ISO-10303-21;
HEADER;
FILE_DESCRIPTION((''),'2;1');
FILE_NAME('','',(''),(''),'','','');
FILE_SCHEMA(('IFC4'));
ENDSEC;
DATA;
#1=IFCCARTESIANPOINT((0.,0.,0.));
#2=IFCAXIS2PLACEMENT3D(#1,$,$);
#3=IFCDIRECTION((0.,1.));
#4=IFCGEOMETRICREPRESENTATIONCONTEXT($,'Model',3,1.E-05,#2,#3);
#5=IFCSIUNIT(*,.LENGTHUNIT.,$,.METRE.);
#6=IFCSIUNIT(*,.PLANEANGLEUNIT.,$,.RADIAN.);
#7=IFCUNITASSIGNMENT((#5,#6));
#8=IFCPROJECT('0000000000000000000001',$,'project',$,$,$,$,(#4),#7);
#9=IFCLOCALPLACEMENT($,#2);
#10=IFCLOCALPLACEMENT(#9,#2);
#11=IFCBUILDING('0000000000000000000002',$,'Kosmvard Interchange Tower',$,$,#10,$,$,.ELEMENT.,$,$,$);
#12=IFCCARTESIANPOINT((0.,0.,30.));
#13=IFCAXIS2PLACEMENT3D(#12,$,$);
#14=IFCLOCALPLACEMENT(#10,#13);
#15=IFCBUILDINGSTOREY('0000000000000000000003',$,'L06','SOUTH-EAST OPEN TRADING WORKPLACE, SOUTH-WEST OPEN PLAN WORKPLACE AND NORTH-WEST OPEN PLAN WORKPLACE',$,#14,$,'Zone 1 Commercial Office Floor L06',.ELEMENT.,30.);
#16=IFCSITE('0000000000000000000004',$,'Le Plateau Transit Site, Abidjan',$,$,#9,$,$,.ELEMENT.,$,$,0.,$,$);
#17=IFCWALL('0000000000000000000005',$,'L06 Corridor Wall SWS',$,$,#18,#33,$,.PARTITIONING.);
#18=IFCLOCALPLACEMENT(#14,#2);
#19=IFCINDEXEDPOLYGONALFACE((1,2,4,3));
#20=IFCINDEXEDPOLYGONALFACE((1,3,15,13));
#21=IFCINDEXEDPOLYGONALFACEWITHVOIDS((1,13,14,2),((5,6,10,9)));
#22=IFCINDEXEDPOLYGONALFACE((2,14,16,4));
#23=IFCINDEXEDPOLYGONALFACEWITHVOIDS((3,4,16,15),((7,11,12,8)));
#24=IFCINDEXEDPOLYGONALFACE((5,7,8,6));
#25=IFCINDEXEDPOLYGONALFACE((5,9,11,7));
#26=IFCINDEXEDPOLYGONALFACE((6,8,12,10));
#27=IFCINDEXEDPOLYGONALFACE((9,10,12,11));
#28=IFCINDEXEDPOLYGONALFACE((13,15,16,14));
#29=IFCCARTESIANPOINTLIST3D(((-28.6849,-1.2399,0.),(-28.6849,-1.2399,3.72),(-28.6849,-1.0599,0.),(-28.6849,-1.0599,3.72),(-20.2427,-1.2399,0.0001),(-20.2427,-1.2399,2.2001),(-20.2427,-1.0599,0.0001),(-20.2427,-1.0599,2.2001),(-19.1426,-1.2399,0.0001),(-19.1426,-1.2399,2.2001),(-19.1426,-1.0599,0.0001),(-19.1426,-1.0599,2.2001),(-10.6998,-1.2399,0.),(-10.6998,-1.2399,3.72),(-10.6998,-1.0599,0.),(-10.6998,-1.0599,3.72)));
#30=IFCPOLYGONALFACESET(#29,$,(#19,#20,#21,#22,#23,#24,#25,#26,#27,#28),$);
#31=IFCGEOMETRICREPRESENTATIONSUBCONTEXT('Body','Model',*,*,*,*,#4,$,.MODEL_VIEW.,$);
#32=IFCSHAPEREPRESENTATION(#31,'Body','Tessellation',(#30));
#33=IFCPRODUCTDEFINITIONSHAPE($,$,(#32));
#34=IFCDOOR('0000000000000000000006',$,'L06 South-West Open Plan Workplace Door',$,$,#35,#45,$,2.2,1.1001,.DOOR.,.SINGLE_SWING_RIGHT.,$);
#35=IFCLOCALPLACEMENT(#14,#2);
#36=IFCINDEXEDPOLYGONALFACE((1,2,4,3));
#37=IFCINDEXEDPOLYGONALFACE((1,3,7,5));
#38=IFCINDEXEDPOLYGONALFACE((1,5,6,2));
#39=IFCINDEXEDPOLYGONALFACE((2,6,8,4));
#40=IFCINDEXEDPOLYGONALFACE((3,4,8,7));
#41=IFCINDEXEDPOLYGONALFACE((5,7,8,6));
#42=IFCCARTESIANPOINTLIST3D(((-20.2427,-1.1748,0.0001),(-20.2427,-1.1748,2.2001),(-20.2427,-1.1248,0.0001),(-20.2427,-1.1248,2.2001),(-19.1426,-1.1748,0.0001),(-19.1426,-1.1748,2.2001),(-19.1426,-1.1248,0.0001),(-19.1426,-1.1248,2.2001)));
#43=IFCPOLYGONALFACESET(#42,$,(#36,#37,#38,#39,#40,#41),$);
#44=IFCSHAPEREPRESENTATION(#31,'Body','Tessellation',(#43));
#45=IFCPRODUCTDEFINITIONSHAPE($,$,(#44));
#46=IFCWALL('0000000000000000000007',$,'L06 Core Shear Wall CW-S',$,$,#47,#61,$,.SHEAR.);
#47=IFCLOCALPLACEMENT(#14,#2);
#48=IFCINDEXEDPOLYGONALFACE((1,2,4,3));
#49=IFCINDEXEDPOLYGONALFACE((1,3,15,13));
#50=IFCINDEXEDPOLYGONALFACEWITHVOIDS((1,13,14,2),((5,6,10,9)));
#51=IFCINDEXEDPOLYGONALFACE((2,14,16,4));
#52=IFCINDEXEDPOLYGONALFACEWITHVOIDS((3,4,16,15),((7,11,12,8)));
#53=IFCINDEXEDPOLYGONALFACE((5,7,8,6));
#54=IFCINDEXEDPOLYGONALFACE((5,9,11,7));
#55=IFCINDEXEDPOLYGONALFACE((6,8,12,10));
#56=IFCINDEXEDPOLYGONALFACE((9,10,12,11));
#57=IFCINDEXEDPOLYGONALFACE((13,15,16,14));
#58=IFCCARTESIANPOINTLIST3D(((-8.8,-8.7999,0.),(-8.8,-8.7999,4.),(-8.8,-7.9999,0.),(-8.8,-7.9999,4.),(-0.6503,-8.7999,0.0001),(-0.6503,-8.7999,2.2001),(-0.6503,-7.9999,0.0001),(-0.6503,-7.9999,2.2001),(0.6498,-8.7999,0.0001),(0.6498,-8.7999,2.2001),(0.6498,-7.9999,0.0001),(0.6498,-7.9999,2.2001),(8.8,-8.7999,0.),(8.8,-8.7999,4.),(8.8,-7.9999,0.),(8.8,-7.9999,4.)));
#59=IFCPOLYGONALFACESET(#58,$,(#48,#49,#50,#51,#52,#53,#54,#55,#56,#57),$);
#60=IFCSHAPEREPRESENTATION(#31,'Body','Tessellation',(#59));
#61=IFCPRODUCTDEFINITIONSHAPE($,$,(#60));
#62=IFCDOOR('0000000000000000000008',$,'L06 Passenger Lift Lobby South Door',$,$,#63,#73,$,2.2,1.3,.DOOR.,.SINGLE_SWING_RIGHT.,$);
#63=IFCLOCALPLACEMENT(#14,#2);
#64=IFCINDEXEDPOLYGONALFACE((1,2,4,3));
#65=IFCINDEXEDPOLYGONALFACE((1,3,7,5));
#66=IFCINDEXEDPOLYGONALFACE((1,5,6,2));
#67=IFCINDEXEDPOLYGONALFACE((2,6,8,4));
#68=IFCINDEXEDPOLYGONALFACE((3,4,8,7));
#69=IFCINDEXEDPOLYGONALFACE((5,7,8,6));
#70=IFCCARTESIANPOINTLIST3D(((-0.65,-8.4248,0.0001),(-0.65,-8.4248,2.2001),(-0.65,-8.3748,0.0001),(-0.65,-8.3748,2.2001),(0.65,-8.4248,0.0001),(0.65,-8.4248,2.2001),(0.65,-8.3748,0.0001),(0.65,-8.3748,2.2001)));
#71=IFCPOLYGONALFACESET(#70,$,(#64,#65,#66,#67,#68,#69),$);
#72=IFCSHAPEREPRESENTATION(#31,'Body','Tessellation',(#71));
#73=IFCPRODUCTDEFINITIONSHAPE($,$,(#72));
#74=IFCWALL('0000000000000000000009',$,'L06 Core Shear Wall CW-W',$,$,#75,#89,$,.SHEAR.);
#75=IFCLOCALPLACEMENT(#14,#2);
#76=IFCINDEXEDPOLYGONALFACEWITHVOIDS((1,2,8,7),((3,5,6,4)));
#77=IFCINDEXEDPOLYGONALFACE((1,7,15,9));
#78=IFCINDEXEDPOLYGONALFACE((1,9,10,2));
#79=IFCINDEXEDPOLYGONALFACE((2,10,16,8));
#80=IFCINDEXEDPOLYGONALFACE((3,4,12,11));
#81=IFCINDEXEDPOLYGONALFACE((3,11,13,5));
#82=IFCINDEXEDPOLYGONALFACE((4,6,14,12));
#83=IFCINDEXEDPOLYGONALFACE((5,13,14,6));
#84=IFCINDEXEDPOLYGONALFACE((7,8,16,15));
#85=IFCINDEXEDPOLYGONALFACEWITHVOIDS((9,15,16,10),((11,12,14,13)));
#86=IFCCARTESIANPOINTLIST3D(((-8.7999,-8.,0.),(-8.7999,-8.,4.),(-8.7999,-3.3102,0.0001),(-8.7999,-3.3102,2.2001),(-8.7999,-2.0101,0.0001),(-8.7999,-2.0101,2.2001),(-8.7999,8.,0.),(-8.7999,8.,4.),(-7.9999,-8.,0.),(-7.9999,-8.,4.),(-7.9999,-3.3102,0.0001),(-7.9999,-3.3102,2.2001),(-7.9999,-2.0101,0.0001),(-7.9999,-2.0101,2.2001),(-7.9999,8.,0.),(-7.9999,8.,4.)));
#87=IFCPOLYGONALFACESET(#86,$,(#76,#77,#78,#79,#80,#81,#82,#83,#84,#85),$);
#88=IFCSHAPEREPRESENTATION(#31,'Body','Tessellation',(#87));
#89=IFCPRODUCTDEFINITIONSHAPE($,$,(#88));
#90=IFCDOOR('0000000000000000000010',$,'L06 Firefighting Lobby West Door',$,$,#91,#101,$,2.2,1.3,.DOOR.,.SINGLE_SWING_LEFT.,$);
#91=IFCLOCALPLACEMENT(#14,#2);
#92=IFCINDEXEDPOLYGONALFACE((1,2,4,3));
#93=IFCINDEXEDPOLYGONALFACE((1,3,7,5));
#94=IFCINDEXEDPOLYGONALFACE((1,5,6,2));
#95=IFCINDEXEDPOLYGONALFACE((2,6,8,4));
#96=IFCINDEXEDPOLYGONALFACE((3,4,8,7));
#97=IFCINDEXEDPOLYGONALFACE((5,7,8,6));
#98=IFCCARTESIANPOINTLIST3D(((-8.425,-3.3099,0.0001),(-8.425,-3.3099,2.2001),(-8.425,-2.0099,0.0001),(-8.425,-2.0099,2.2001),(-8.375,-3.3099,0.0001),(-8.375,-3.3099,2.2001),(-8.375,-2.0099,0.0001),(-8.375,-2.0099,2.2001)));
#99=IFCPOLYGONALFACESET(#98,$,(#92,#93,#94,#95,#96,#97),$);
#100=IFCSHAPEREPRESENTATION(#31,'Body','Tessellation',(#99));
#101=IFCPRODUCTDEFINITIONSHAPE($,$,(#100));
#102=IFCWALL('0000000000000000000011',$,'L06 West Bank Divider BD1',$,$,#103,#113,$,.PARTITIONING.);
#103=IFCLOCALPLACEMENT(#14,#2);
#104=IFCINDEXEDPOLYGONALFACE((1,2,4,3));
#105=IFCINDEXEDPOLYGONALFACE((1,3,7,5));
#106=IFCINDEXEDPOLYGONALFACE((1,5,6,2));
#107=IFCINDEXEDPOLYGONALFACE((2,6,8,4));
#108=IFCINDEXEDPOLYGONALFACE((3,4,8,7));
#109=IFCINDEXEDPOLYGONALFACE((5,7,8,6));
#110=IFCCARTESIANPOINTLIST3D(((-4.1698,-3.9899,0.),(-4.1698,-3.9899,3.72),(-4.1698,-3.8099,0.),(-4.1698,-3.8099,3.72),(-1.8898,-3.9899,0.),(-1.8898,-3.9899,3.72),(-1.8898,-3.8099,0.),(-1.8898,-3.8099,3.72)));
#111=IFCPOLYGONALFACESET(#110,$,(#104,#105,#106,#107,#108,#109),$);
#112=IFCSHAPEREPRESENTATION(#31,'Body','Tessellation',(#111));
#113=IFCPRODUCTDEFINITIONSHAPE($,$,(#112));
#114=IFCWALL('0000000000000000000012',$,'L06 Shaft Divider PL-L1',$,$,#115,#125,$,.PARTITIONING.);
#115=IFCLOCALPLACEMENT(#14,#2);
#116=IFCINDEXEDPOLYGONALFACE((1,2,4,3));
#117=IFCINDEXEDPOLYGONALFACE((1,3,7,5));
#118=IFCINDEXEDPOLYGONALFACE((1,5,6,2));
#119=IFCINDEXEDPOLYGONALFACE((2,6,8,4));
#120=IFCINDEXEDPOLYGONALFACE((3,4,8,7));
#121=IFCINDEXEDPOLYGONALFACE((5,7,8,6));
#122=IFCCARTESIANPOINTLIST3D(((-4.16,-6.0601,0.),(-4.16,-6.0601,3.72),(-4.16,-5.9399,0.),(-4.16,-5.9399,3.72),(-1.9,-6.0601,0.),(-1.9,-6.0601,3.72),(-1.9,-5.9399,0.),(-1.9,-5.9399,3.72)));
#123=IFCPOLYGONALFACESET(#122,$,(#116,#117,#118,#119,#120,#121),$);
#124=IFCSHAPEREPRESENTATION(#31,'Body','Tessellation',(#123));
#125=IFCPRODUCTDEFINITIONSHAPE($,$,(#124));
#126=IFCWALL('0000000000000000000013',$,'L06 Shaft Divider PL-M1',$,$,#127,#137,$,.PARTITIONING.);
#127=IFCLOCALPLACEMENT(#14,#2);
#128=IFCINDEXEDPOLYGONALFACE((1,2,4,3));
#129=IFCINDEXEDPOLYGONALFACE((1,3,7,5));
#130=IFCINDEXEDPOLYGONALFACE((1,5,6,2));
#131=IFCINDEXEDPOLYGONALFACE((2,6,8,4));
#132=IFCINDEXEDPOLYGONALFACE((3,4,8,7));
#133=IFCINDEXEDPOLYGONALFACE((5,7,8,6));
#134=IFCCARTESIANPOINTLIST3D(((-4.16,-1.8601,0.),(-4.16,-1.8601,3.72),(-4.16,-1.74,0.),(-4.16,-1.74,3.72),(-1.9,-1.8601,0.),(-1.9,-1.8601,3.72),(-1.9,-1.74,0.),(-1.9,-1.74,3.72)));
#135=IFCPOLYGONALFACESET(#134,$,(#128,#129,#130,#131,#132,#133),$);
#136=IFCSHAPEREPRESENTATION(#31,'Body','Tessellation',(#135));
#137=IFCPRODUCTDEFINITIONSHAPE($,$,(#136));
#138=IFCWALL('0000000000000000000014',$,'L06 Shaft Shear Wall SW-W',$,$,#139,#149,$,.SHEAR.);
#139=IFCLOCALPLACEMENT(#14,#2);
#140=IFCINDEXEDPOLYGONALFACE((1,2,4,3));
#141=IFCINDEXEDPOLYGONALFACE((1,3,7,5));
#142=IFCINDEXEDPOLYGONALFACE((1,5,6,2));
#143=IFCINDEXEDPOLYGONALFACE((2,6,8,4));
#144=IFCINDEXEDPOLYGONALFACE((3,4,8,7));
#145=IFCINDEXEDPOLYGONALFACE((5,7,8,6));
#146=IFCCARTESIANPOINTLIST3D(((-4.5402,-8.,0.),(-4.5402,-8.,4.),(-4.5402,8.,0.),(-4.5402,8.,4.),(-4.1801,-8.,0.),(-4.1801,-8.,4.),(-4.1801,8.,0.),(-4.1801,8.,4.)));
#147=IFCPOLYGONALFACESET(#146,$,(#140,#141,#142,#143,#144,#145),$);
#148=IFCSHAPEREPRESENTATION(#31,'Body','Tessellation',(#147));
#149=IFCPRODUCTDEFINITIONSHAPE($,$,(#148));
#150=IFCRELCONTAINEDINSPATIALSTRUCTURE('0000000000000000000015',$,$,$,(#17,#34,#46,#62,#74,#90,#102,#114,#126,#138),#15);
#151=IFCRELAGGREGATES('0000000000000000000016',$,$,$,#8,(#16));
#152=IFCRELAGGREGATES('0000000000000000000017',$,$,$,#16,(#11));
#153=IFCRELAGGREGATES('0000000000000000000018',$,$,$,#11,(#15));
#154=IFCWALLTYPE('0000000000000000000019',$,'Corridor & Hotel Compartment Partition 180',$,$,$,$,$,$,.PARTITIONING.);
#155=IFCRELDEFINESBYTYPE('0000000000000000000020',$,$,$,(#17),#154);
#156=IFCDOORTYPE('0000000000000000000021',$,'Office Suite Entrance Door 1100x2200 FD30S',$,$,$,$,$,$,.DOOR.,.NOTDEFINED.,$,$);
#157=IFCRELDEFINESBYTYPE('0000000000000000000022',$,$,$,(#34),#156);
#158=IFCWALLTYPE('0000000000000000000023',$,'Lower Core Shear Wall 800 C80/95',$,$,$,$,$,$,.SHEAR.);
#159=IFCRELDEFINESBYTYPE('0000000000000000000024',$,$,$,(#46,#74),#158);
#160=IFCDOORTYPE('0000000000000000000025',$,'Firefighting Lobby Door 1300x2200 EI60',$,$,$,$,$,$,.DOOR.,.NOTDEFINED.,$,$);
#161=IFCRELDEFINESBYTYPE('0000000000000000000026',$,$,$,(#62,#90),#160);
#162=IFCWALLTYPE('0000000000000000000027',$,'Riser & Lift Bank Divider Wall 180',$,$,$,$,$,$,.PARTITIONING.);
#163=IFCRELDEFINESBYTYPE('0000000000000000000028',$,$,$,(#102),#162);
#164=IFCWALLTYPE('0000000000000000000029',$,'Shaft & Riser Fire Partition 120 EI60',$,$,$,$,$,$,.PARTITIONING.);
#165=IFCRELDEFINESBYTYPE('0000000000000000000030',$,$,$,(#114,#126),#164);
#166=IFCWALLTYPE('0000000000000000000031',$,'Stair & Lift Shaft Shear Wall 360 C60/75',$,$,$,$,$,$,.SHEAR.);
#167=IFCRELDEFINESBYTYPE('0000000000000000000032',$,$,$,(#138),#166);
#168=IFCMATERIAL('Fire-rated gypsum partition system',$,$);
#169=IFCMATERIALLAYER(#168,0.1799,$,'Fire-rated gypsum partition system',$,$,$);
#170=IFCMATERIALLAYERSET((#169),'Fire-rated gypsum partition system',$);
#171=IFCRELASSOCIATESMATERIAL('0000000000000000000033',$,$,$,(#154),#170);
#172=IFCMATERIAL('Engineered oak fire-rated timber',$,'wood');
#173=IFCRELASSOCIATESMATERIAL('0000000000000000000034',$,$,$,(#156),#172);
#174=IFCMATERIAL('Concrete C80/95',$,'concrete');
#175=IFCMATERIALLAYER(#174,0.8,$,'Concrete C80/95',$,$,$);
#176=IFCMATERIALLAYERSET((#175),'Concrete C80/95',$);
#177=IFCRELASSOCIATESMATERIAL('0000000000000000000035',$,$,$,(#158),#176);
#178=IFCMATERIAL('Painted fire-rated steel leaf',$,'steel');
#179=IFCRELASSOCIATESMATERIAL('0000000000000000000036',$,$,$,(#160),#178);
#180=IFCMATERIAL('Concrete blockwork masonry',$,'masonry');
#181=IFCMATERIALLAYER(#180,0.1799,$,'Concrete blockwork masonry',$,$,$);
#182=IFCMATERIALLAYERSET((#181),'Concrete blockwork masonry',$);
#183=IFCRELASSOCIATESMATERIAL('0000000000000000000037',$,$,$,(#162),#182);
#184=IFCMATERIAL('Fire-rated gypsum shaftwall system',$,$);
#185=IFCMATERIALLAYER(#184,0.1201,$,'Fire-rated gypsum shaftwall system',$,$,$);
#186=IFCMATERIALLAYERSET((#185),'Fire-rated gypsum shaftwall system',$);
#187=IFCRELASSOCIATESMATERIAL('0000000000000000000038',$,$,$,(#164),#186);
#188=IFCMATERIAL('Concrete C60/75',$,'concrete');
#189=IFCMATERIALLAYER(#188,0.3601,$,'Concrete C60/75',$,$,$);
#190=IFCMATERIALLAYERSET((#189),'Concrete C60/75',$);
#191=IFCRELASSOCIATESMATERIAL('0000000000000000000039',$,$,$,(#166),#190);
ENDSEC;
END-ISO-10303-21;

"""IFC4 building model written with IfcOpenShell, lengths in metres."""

from ifc_helpers import new_model, si_unit, direction, frame, frame_2d, origin, place, context, subcontext, project, spatial, rectangle, extrude, source, transform, mapped, material, layer, layer_set, type_object, element, fill, save


model = new_model("IFC4")

# Units and contexts
model_context = context("Model", 3, precision=1e-05, world=origin(), true_north=direction((0.0, 1.0)))
body_context = subcontext(model_context, "Body", "Model", "MODEL_VIEW")
ifc_project = project(units=[si_unit("LENGTHUNIT", "METRE"), si_unit("PLANEANGLEUNIT", "RADIAN")], contexts=[model_context])

# Site, building, storey
site_placement = place(None, origin())
site = spatial("IfcSite", under=ifc_project, at=site_placement, Name="Le Plateau Transit Site, Abidjan", CompositionType="ELEMENT", RefElevation=0.0)
building_placement = place(site_placement, origin())
building = spatial("IfcBuilding", under=site, at=building_placement, Name="Kosmvard Interchange Tower", CompositionType="ELEMENT")
storey_placement = place(building_placement, frame((0.0, 0.0, 30.0)))
storey = spatial("IfcBuildingStorey", under=building, at=storey_placement, Name="L06", Description="SOUTH-EAST OPEN TRADING WORKPLACE, SOUTH-WEST OPEN PLAN WORKPLACE AND NORTH-WEST OPEN PLAN WORKPLACE", LongName="Zone 1 Commercial Office Floor L06", CompositionType="ELEMENT", Elevation=30.0)

# Shared definitions
ifc_material_1 = material(Name="Concrete C80/95", Category="concrete")
ifc_material_2 = material(Name="Concrete C60/75", Category="concrete")

# Shared definitions
ifc_material_3 = material(Name="Fire-rated gypsum partition system")
ifc_layer_1 = layer(ifc_material_3, 0.1799, Name="Fire-rated gypsum partition system")
ifc_layer_set_1 = layer_set([ifc_layer_1], Name="Fire-rated gypsum partition system")
wall_type_1 = type_object("IfcWallType", Name="Corridor & Hotel Compartment Partition 180", PredefinedType="PARTITIONING", material=ifc_layer_set_1)

# Walls, openings, doors
wall_1_placement = place(storey_placement, frame((-28.6851, -1.1499, 0.0), z_axis=(0.0, 0.0, 1.0), x_axis=(1.0, 0.0, 0.0)))
wall_1 = element("IfcWall", 1, at=wall_1_placement, inside=storey, type_object=wall_type_1, Name="L06 Corridor Wall SWS", PredefinedType="PARTITIONING", context=body_context, shape_type="SweptSolid", body=[
    extrude(rectangle(XDim=17.9851, YDim=0.1799, at=frame_2d((8.9927, 0.0))), origin(), (0.0, 0.0, 1.0), 3.72),
])
opening_1_placement = place(wall_1_placement, frame((8.4424, 0.0, 0.0)))
opening_1 = element("IfcOpeningElement", 2, at=opening_1_placement, cuts=wall_1, PredefinedType="OPENING", context=body_context, shape_type="SweptSolid", body=[
    extrude(rectangle(XDim=1.1001, YDim=2.2, at=frame_2d((0.55, 1.1001))), frame((0.0, 0.1001, 0.0), z_axis=(0.0, -1.0, 0.0), x_axis=(1.0, 0.0, 0.0)), (0.0, 0.0, 1.0), 0.2),
])
ifc_material_4 = material(Name="Engineered oak fire-rated timber", Category="wood")
door_type_1 = type_object("IfcDoorType", Name="Office Suite Entrance Door 1100x2200 FD30S", OperationType="NOTDEFINED", PredefinedType="DOOR", material=ifc_material_4)
shared_shape_1 = source(origin(), body_context, "Body", "SweptSolid", [
    extrude(rectangle(XDim=1.1001, YDim=2.2, at=frame_2d((0.55, 1.1001))), frame((0.0, 0.0249, 0.0), z_axis=(0.0, -1.0, 0.0), x_axis=(1.0, 0.0, 0.0)), (0.0, 0.0, 1.0), 0.05),
])
door_1_placement = place(opening_1_placement, frame((1.1001, 0.0, 0.0), z_axis=(0.0, 0.0, 1.0), x_axis=(-1.0, 0.0, 0.0)))
door_1 = element("IfcDoor", 3, at=door_1_placement, inside=storey, type_object=door_type_1, Name="L06 South-West Open Plan Workplace Door", OperationType="SINGLE_SWING_RIGHT", OverallHeight=2.2, OverallWidth=1.1001, PredefinedType="DOOR", context=body_context, shape_type="MappedRepresentation", body=[
    mapped(shared_shape_1, transform((0.0, 0.0, 0.0), scale=1.0)),
])
fill(opening_1, door_1)
ifc_layer_2 = layer(ifc_material_1, 0.8, Name="Concrete C80/95")
ifc_layer_set_2 = layer_set([ifc_layer_2], Name="Concrete C80/95")
wall_type_2 = type_object("IfcWallType", Name="Lower Core Shear Wall 800 C80/95", PredefinedType="SHEAR", material=ifc_layer_set_2)
wall_2_placement = place(storey_placement, frame((-8.8, -8.3999, 0.0), z_axis=(0.0, 0.0, 1.0), x_axis=(1.0, 0.0, 0.0)))
wall_2 = element("IfcWall", 4, at=wall_2_placement, inside=storey, type_object=wall_type_2, Name="L06 Core Shear Wall CW-S", PredefinedType="SHEAR", context=body_context, shape_type="SweptSolid", body=[
    extrude(rectangle(XDim=17.6001, YDim=0.8, at=frame_2d((8.8, 0.0))), origin(), (0.0, 0.0, 1.0), 4.0),
])
opening_2_placement = place(wall_2_placement, frame((8.1499, 0.0, 0.0)))
opening_2 = element("IfcOpeningElement", 5, at=opening_2_placement, cuts=wall_2, PredefinedType="OPENING", context=body_context, shape_type="SweptSolid", body=[
    extrude(rectangle(XDim=1.3, YDim=2.2, at=frame_2d((0.6499, 1.1001))), frame((0.0, 0.4102, 0.0), z_axis=(0.0, -1.0, 0.0), x_axis=(1.0, 0.0, 0.0)), (0.0, 0.0, 1.0), 0.8201),
])
ifc_material_5 = material(Name="Painted fire-rated steel leaf", Category="steel")
door_type_2 = type_object("IfcDoorType", Name="Firefighting Lobby Door 1300x2200 EI60", OperationType="NOTDEFINED", PredefinedType="DOOR", material=ifc_material_5)
shared_shape_2 = source(origin(), body_context, "Body", "SweptSolid", [
    extrude(rectangle(XDim=1.3, YDim=2.2, at=frame_2d((0.6499, 1.1001))), frame((0.0, 0.0249, 0.0), z_axis=(0.0, -1.0, 0.0), x_axis=(1.0, 0.0, 0.0)), (0.0, 0.0, 1.0), 0.05),
])
door_2_placement = place(opening_2_placement, frame((1.3, 0.0, 0.0), z_axis=(0.0, 0.0, 1.0), x_axis=(-1.0, 0.0, 0.0)))
door_2 = element("IfcDoor", 6, at=door_2_placement, inside=storey, type_object=door_type_2, Name="L06 Passenger Lift Lobby South Door", OperationType="SINGLE_SWING_RIGHT", OverallHeight=2.2, OverallWidth=1.3, PredefinedType="DOOR", context=body_context, shape_type="MappedRepresentation", body=[
    mapped(shared_shape_2, transform((0.0, 0.0, 0.0), scale=1.0)),
])
fill(opening_2, door_2)
wall_3_placement = place(storey_placement, frame((-8.3999, -8.0, 0.0), z_axis=(0.0, 0.0, 1.0), x_axis=(0.0, 1.0, 0.0)))
wall_3 = element("IfcWall", 7, at=wall_3_placement, inside=storey, type_object=wall_type_2, Name="L06 Core Shear Wall CW-W", PredefinedType="SHEAR", context=body_context, shape_type="SweptSolid", body=[
    extrude(rectangle(XDim=16.0, YDim=0.8, at=frame_2d((8.0, 0.0))), origin(), (0.0, 0.0, 1.0), 4.0),
])
opening_3_placement = place(wall_3_placement, frame((4.6899, 0.0, 0.0)))
opening_3 = element("IfcOpeningElement", 8, at=opening_3_placement, cuts=wall_3, PredefinedType="OPENING", context=body_context, shape_type="SweptSolid", body=[
    extrude(rectangle(XDim=1.3, YDim=2.2, at=frame_2d((0.6499, 1.1001))), frame((0.0, 0.4102, 0.0), z_axis=(0.0, -1.0, 0.0), x_axis=(1.0, 0.0, 0.0)), (0.0, 0.0, 1.0), 0.8201),
])
door_3_placement = place(opening_3_placement, frame((1.3, 0.0, 0.0), z_axis=(0.0, 0.0, 1.0), x_axis=(-1.0, 0.0, 0.0)))
door_3 = element("IfcDoor", 9, at=door_3_placement, inside=storey, type_object=door_type_2, Name="L06 Firefighting Lobby West Door", OperationType="SINGLE_SWING_LEFT", OverallHeight=2.2, OverallWidth=1.3, PredefinedType="DOOR", context=body_context, shape_type="MappedRepresentation", body=[
    mapped(shared_shape_2, transform((0.0, 0.0, 0.0), scale=1.0)),
])
fill(opening_3, door_3)

# Walls
ifc_material_6 = material(Name="Concrete blockwork masonry", Category="masonry")
ifc_layer_3 = layer(ifc_material_6, 0.1799, Name="Concrete blockwork masonry")
ifc_layer_set_3 = layer_set([ifc_layer_3], Name="Concrete blockwork masonry")
wall_type_3 = type_object("IfcWallType", Name="Riser & Lift Bank Divider Wall 180", PredefinedType="PARTITIONING", material=ifc_layer_set_3)
wall_4_placement = place(storey_placement, frame((-4.1699, -3.8999, 0.0), z_axis=(0.0, 0.0, 1.0), x_axis=(1.0, 0.0, 0.0)))
element("IfcWall", 10, at=wall_4_placement, inside=storey, type_object=wall_type_3, Name="L06 West Bank Divider BD1", PredefinedType="PARTITIONING", context=body_context, shape_type="SweptSolid", body=[
    extrude(rectangle(XDim=2.28, YDim=0.1799, at=frame_2d((1.1401, 0.0))), origin(), (0.0, 0.0, 1.0), 3.72),
])
ifc_material_7 = material(Name="Fire-rated gypsum shaftwall system")
ifc_layer_4 = layer(ifc_material_7, 0.1201, Name="Fire-rated gypsum shaftwall system")
ifc_layer_set_4 = layer_set([ifc_layer_4], Name="Fire-rated gypsum shaftwall system")
wall_type_4 = type_object("IfcWallType", Name="Shaft & Riser Fire Partition 120 EI60", PredefinedType="PARTITIONING", material=ifc_layer_set_4)
for number, where, z_axis, x_axis, name in (
    (11, (-4.1599, -6.0, 0.0), (0.0, 0.0, 1.0), (1.0, 0.0, 0.0), "L06 Shaft Divider PL-L1"),
    (12, (-4.1599, -1.8, 0.0), (0.0, 0.0, 1.0), (1.0, 0.0, 0.0), "L06 Shaft Divider PL-M1"),
):
    element("IfcWall", number, at=place(storey_placement, frame(where, z_axis=z_axis, x_axis=x_axis)), inside=storey, type_object=wall_type_4, Name=name, PredefinedType="PARTITIONING", context=body_context, shape_type="SweptSolid", body=[
        extrude(rectangle(XDim=2.26, YDim=0.1201, at=frame_2d((1.1299, 0.0))), origin(), (0.0, 0.0, 1.0), 3.72),
    ])
ifc_layer_5 = layer(ifc_material_2, 0.3601, Name="Concrete C60/75")
ifc_layer_set_5 = layer_set([ifc_layer_5], Name="Concrete C60/75")
wall_type_5 = type_object("IfcWallType", Name="Stair & Lift Shaft Shear Wall 360 C60/75", PredefinedType="SHEAR", material=ifc_layer_set_5)
wall_5_placement = place(storey_placement, frame((-4.3601, -8.0, 0.0), z_axis=(0.0, 0.0, 1.0), x_axis=(0.0, 1.0, 0.0)))
element("IfcWall", 13, at=wall_5_placement, inside=storey, type_object=wall_type_5, Name="L06 Shaft Shear Wall SW-W", PredefinedType="SHEAR", context=body_context, shape_type="SweptSolid", body=[
    extrude(rectangle(XDim=16.0, YDim=0.3601, at=frame_2d((8.0, 0.0))), origin(), (0.0, 0.0, 1.0), 4.0),
])

save(model, "model.ifc")
